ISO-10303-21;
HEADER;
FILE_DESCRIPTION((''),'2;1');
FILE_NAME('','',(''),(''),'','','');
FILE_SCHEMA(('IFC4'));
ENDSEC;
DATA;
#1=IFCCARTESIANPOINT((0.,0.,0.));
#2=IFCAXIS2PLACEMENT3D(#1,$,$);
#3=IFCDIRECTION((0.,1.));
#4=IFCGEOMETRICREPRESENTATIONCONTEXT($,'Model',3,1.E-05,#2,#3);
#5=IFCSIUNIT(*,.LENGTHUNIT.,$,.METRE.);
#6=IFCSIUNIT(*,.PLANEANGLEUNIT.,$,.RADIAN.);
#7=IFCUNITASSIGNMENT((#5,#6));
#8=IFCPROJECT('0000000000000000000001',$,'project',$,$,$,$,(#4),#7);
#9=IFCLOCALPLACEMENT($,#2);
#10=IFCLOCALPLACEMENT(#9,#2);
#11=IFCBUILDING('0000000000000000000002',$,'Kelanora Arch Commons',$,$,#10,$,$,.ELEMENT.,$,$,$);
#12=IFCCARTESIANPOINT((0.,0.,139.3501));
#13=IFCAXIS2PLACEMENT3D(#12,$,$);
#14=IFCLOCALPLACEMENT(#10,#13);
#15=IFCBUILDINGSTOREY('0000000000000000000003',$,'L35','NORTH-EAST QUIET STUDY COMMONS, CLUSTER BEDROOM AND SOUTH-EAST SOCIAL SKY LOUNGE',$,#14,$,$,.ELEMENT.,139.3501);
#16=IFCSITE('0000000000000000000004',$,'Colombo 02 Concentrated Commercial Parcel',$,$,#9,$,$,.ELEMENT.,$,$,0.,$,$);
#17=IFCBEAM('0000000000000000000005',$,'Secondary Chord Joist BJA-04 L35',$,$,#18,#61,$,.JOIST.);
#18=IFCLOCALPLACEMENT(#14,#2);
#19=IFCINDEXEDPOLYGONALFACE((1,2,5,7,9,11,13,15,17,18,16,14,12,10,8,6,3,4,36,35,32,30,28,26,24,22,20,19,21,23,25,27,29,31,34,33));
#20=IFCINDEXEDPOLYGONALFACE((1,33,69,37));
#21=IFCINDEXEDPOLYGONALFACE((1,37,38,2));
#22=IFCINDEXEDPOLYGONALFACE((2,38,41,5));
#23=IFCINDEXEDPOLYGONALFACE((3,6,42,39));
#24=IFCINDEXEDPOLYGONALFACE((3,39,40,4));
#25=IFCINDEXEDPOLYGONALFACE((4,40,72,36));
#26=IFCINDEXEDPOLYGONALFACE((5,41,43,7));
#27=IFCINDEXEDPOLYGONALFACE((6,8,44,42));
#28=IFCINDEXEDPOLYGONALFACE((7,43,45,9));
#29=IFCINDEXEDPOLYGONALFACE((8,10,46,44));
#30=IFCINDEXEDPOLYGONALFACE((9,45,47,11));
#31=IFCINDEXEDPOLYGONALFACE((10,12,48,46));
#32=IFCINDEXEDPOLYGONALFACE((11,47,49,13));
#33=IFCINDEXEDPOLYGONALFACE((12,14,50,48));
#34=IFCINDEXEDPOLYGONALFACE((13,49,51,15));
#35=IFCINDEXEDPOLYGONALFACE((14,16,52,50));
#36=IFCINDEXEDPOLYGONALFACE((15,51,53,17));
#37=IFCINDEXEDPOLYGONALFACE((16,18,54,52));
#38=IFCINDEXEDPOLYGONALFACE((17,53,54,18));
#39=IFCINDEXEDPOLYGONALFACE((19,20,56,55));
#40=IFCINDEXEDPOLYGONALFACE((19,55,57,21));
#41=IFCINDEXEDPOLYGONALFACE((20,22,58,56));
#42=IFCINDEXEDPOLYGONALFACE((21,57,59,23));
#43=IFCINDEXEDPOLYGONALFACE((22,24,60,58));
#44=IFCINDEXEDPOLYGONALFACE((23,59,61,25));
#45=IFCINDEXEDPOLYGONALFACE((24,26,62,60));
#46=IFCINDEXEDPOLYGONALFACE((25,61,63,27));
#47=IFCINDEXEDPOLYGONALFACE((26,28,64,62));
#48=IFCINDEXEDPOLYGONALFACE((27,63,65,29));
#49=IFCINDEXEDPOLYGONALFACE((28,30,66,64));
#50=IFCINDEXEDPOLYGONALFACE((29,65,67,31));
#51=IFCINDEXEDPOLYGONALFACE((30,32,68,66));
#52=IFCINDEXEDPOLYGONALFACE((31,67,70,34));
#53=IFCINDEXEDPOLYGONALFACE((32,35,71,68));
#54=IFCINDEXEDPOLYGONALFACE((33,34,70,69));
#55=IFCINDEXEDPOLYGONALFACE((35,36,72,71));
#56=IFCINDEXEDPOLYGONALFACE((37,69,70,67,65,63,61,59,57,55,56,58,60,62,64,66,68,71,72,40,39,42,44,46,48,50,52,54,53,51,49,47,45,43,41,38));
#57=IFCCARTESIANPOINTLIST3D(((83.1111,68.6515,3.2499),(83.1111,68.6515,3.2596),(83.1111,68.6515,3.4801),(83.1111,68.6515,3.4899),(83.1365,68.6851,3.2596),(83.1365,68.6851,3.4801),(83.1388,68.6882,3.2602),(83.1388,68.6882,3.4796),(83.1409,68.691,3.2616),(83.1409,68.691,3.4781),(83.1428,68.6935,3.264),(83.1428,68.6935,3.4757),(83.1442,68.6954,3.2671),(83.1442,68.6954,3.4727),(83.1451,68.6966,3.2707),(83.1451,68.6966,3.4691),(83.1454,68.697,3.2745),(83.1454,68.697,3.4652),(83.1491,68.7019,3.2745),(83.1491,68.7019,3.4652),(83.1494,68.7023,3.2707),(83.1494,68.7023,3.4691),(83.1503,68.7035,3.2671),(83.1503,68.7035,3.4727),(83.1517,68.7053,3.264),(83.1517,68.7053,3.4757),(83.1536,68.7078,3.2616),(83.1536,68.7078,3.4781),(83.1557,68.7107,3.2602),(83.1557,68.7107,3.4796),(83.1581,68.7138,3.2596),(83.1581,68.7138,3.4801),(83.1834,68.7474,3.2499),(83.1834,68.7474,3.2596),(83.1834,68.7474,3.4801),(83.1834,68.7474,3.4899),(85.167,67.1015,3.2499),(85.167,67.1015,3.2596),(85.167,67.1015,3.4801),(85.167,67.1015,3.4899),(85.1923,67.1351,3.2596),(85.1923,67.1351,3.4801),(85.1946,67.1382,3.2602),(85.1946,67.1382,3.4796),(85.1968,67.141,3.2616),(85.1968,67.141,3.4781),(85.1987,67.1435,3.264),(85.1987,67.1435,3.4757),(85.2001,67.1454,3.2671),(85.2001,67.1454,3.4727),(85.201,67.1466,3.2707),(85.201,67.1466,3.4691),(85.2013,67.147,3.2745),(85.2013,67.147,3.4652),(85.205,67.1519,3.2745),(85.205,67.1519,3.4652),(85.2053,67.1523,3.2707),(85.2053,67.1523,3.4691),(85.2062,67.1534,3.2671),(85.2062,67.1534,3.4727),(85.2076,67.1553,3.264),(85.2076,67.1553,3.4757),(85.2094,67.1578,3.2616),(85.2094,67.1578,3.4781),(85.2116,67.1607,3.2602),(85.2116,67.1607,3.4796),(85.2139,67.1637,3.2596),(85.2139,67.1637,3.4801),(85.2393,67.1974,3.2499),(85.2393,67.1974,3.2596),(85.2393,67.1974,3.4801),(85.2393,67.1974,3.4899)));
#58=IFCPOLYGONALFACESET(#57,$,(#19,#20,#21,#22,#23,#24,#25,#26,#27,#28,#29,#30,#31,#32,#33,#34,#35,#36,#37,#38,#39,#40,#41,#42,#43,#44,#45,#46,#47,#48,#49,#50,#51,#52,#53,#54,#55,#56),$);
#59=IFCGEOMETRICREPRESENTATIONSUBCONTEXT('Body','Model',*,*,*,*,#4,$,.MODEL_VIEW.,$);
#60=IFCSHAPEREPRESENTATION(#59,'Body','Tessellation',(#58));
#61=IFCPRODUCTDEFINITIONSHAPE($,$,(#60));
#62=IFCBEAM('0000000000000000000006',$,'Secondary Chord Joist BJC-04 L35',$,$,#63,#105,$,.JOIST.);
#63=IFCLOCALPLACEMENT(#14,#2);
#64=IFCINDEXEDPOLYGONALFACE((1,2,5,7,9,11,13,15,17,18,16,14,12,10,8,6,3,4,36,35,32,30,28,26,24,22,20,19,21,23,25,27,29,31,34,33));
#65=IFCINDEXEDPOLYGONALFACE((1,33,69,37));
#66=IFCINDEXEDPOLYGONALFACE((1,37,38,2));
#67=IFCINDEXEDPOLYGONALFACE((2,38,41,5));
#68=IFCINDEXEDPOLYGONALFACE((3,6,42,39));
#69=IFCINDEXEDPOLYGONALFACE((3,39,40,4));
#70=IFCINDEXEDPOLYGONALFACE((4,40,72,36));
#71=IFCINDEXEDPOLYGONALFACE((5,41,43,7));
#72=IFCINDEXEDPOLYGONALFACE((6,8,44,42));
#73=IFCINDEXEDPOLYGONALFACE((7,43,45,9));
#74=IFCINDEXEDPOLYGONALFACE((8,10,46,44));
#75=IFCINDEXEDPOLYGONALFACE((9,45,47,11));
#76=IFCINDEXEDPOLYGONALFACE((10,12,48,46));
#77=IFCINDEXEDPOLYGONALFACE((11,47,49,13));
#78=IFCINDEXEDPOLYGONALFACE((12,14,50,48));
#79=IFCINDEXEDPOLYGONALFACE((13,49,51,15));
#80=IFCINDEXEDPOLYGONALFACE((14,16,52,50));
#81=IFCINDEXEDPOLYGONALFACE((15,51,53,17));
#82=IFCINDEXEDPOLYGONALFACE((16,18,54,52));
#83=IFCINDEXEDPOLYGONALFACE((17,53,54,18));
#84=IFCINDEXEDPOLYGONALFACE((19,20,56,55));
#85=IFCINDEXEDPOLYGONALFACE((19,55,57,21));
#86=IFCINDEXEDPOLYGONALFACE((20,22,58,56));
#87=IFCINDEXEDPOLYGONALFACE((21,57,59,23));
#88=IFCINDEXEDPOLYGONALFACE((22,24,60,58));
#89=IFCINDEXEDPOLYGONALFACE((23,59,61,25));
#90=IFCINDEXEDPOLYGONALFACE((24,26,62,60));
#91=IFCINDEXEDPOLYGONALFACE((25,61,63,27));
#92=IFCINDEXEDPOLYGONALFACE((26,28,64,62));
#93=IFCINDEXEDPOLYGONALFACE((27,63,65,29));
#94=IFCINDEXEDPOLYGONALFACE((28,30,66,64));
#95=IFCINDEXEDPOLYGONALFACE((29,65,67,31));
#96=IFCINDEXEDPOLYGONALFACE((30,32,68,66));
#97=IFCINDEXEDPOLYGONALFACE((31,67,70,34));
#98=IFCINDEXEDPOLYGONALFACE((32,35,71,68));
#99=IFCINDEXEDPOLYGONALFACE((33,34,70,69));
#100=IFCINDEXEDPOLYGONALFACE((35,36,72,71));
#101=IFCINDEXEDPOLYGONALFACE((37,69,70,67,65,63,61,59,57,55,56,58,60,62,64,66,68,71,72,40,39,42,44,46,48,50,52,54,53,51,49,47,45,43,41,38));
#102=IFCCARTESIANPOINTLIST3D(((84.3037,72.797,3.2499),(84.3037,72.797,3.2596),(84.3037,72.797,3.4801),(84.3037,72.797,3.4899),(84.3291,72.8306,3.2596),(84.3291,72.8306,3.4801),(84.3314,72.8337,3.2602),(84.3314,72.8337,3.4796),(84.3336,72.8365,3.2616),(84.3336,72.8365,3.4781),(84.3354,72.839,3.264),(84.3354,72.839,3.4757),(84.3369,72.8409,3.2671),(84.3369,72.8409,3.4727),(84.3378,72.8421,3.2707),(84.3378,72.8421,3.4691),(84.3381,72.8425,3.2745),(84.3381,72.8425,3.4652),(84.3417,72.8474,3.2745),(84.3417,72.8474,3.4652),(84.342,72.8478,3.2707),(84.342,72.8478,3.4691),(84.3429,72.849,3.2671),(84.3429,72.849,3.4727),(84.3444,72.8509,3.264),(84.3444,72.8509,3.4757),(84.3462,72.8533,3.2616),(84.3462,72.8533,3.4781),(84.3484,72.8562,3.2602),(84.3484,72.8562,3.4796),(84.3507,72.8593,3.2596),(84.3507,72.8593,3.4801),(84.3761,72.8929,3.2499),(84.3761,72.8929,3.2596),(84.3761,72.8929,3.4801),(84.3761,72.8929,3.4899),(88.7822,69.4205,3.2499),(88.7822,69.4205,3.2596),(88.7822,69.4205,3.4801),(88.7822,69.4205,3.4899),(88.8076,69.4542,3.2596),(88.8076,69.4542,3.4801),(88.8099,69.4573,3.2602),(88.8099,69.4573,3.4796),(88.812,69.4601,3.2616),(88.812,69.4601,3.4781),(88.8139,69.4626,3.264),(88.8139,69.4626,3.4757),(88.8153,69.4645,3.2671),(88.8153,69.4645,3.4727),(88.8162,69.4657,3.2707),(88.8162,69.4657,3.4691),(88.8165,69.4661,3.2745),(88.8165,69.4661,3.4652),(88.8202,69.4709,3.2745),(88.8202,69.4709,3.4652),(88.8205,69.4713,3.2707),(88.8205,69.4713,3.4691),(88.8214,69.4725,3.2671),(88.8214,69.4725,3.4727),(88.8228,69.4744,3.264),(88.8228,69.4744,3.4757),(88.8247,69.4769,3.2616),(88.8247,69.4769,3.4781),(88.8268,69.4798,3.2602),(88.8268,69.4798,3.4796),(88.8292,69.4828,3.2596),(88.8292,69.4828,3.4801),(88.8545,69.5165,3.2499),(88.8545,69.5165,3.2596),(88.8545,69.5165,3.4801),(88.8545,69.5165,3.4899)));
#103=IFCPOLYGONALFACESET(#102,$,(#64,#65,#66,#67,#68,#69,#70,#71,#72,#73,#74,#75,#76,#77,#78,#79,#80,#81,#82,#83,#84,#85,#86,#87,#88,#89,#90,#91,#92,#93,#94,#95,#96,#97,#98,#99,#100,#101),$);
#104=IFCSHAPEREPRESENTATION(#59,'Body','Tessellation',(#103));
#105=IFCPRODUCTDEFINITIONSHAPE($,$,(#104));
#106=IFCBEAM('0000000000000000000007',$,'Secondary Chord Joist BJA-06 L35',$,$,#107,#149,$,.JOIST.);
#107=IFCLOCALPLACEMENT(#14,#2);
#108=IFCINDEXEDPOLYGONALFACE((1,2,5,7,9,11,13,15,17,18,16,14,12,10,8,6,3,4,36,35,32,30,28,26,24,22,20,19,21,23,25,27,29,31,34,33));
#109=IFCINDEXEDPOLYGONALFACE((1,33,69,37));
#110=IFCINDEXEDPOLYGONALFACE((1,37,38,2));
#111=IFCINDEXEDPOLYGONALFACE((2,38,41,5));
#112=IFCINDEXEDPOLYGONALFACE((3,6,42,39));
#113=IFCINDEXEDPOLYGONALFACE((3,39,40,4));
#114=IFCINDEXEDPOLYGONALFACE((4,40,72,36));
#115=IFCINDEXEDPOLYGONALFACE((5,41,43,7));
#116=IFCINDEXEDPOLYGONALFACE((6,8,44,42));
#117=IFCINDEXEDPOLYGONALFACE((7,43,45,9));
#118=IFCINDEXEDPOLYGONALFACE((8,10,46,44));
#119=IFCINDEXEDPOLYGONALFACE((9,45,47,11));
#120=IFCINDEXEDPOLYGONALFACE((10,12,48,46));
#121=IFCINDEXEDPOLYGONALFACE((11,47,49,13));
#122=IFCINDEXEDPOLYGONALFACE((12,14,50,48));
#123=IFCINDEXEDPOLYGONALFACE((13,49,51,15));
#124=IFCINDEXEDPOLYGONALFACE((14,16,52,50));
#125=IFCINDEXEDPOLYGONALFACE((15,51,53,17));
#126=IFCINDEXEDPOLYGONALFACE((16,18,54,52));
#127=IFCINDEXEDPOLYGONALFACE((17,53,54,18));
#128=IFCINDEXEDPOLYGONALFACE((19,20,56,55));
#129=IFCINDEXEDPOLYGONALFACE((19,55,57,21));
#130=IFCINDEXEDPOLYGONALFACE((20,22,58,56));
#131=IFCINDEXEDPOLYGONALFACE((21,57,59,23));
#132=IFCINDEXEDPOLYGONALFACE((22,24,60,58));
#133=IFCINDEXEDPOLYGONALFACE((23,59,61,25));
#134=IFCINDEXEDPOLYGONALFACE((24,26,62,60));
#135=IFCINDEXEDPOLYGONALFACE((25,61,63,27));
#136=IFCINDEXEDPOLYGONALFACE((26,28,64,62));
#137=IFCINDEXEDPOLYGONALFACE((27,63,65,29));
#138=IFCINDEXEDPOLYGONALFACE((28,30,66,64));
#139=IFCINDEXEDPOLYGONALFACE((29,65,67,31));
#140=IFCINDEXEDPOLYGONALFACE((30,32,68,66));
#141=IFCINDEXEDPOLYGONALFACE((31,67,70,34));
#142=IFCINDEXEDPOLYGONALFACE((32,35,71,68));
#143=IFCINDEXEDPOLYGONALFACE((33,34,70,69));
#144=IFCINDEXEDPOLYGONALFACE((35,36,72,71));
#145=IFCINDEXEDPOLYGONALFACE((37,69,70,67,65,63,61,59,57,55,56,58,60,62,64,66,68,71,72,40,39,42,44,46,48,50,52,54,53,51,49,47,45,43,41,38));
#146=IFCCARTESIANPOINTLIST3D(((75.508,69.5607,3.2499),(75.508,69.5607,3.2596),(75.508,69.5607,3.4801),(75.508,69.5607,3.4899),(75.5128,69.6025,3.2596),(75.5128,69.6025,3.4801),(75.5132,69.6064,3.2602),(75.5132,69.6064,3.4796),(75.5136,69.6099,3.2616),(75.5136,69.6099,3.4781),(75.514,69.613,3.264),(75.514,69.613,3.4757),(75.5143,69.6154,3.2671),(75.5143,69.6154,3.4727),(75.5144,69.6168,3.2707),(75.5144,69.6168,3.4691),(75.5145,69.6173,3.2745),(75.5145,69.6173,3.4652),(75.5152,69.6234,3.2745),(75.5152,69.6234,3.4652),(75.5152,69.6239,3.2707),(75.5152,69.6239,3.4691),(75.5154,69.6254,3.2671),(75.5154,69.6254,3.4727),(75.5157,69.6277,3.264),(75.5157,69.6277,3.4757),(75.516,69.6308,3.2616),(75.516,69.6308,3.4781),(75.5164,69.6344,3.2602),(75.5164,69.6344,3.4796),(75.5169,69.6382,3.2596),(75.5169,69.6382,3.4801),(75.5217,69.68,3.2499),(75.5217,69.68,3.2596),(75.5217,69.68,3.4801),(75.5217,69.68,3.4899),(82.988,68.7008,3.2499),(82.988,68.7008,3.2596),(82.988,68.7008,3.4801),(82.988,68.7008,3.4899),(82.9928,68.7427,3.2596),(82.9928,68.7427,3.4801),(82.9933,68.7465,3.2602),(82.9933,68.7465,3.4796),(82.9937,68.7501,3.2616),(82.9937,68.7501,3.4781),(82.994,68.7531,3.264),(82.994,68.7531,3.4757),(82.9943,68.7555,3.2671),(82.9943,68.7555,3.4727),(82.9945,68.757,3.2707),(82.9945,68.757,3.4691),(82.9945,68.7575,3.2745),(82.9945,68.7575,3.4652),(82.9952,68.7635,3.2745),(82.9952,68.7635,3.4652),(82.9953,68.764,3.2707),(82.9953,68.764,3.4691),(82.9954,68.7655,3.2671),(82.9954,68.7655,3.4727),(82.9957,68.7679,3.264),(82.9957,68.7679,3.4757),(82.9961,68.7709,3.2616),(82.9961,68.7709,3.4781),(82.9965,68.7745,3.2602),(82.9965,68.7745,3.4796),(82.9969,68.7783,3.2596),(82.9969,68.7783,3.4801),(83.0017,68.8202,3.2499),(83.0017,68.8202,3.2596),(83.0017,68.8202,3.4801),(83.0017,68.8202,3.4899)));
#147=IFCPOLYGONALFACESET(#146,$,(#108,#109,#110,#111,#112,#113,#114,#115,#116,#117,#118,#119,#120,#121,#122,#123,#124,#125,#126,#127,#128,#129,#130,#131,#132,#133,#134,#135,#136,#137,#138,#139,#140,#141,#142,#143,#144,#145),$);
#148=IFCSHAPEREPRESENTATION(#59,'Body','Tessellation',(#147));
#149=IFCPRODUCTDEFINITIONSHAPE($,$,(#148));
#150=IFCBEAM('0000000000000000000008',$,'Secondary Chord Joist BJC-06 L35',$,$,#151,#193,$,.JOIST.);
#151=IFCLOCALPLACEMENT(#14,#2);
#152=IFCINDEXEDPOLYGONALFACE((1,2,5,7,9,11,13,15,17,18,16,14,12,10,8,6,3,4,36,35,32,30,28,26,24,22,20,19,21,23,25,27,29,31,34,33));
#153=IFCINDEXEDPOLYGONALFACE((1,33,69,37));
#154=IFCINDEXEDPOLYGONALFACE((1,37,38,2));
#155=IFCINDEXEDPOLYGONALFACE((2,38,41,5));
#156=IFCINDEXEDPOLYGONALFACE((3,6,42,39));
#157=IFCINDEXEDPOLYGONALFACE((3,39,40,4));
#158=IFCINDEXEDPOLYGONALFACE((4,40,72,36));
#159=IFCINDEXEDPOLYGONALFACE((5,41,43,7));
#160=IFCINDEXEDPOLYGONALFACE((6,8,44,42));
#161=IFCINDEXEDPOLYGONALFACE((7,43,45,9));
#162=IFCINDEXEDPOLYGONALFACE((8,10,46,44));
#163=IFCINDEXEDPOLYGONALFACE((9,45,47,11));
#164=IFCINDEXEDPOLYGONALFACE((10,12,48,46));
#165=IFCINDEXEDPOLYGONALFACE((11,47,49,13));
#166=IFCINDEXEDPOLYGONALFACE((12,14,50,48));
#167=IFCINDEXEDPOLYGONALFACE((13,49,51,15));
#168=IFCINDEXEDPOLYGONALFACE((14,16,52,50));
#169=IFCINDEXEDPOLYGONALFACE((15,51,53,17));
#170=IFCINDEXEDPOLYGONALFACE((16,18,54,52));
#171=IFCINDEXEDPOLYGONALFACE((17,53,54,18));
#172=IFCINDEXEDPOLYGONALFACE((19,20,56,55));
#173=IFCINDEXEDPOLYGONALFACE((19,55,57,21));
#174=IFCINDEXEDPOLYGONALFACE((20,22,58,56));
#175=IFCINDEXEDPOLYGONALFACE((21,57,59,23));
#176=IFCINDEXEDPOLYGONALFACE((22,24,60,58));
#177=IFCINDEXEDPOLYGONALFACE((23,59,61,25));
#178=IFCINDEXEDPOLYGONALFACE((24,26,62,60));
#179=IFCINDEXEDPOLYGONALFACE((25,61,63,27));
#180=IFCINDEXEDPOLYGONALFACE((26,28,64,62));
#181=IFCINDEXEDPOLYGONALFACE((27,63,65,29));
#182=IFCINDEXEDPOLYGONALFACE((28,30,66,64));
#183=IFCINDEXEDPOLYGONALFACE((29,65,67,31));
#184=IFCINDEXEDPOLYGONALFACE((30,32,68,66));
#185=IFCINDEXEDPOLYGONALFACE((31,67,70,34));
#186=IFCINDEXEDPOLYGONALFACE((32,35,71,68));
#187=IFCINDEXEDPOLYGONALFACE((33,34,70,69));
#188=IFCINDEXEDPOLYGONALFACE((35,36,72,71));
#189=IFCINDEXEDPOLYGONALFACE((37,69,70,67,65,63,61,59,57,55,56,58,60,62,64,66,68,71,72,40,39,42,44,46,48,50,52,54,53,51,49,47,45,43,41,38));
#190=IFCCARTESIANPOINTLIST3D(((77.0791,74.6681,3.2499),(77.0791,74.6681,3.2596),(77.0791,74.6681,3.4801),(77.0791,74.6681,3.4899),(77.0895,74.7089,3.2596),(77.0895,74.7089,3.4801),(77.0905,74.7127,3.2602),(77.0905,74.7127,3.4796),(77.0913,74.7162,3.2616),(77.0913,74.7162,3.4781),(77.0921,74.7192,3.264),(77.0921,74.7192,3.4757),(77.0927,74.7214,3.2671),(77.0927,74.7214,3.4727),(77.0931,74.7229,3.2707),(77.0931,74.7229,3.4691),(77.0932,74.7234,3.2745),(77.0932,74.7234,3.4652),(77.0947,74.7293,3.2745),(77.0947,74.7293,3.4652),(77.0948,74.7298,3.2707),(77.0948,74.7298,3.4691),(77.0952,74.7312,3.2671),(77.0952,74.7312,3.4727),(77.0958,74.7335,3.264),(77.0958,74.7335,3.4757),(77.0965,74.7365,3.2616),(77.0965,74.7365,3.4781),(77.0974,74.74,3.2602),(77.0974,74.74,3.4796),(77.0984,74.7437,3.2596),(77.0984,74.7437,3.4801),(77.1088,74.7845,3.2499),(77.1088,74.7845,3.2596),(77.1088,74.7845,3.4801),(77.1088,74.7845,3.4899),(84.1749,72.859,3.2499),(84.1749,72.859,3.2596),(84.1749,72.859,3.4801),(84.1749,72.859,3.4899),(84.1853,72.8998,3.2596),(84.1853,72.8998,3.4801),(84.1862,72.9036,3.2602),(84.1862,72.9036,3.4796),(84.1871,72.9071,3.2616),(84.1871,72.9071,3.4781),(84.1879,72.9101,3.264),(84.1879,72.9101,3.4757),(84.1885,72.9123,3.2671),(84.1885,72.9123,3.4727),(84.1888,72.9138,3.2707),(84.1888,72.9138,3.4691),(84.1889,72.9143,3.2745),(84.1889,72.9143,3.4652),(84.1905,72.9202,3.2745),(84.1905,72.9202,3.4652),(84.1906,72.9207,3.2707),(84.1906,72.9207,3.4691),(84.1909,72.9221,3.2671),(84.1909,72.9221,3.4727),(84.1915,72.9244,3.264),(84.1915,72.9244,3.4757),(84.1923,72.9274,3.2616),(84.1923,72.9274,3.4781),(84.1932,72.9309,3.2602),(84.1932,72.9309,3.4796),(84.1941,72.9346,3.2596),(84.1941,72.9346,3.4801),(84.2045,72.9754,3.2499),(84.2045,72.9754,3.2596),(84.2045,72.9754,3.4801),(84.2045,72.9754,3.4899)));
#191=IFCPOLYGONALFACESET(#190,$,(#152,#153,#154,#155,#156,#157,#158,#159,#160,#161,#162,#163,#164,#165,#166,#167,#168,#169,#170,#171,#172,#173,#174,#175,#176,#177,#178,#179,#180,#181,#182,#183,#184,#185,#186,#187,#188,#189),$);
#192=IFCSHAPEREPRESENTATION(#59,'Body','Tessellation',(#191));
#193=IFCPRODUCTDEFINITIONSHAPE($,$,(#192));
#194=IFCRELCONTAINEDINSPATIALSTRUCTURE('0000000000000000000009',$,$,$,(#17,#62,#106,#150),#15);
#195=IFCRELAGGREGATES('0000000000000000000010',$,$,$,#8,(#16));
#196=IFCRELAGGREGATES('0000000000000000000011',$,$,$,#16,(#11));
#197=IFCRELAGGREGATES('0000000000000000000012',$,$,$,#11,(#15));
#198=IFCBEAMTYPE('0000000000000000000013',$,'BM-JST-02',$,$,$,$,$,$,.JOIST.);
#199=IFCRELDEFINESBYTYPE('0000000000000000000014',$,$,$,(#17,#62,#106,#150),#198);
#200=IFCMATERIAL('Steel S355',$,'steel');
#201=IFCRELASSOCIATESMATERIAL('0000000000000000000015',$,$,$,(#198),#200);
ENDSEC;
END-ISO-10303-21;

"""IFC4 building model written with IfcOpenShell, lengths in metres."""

from ifc_helpers import new_model, si_unit, direction, frame, origin, origin_2d, place, context, subcontext, project, spatial, i_section, extrude, material, material_profile, profile_set, type_object, element, save


model = new_model("IFC4")

# Units and contexts
model_context = context("Model", 3, precision=1e-05, world=origin(), true_north=direction((0.0, 1.0)))
body_context = subcontext(model_context, "Body", "Model", "MODEL_VIEW")
ifc_project = project(units=[si_unit("LENGTHUNIT", "METRE"), si_unit("PLANEANGLEUNIT", "RADIAN")], contexts=[model_context])

# Site, building, storey
site_placement = place(None, origin())
site = spatial("IfcSite", under=ifc_project, at=site_placement, Name="Colombo 02 Concentrated Commercial Parcel", CompositionType="ELEMENT", RefElevation=0.0)
building_placement = place(site_placement, origin())
building = spatial("IfcBuilding", under=site, at=building_placement, Name="Kelanora Arch Commons", CompositionType="ELEMENT")
storey_placement = place(building_placement, frame((0.0, 0.0, 139.3501)))
storey = spatial("IfcBuildingStorey", under=building, at=storey_placement, Name="L35", Description="NORTH-EAST QUIET STUDY COMMONS, CLUSTER BEDROOM AND SOUTH-EAST SOCIAL SKY LOUNGE", CompositionType="ELEMENT", Elevation=139.3501)

# Beams
ifc_material_1 = material(Name="Steel S355", Category="steel")
ifc_material_profile_1 = material_profile(ifc_material_1, i_section(OverallWidth=0.1201, OverallDepth=0.24, WebThickness=0.0061, FlangeThickness=0.0098, FilletRadius=0.0149, at=origin_2d()), Name="IPE240")
ifc_profile_set_1 = profile_set([ifc_material_profile_1], Name="Steel S355")
beam_type_1 = type_object("IfcBeamType", Name="BM-JST-02", PredefinedType="JOIST", material=ifc_profile_set_1)
beam_1_placement = place(storey_placement, frame((85.2031, 67.1494, 3.3699), z_axis=(-0.798484, 0.602016, 0.0), x_axis=(-0.602016, -0.798484, 0.0)))
element("IfcBeam", 1, at=beam_1_placement, inside=storey, type_object=beam_type_1, Name="Secondary Chord Joist BJA-04 L35", PredefinedType="JOIST", context=body_context, shape_type="SweptSolid", body=[
    extrude(i_section(OverallWidth=0.1201, OverallDepth=0.24, WebThickness=0.0061, FlangeThickness=0.0098, FilletRadius=0.0149, at=origin_2d()), origin(), (0.0, 0.0, 1.0), 2.5747),
])
beam_2_placement = place(storey_placement, frame((88.8184, 69.4685, 3.3699), z_axis=(-0.798493, 0.602004, 0.0), x_axis=(-0.602004, -0.798493, 0.0)))
element("IfcBeam", 2, at=beam_2_placement, inside=storey, type_object=beam_type_1, Name="Secondary Chord Joist BJC-04 L35", PredefinedType="JOIST", context=body_context, shape_type="SweptSolid", body=[
    extrude(i_section(OverallWidth=0.1201, OverallDepth=0.24, WebThickness=0.0061, FlangeThickness=0.0098, FilletRadius=0.0149, at=origin_2d()), origin(), (0.0, 0.0, 1.0), 5.6086),
])
beam_3_placement = place(storey_placement, frame((82.9949, 68.7605, 3.3699), z_axis=(-0.993457, 0.114203, 0.0), x_axis=(-0.114203, -0.993457, 0.0)))
element("IfcBeam", 3, at=beam_3_placement, inside=storey, type_object=beam_type_1, Name="Secondary Chord Joist BJA-06 L35", PredefinedType="JOIST", context=body_context, shape_type="SweptSolid", body=[
    extrude(i_section(OverallWidth=0.1201, OverallDepth=0.24, WebThickness=0.0061, FlangeThickness=0.0098, FilletRadius=0.0149, at=origin_2d()), origin(), (0.0, 0.0, 1.0), 7.5293),
])
beam_4_placement = place(storey_placement, frame((84.1897, 72.9172, 3.3699), z_axis=(-0.969002, 0.247052, 0.0), x_axis=(-0.247052, -0.969002, 0.0)))
element("IfcBeam", 4, at=beam_4_placement, inside=storey, type_object=beam_type_1, Name="Secondary Chord Joist BJC-06 L35", PredefinedType="JOIST", context=body_context, shape_type="SweptSolid", body=[
    extrude(i_section(OverallWidth=0.1201, OverallDepth=0.24, WebThickness=0.0061, FlangeThickness=0.0098, FilletRadius=0.0149, at=origin_2d()), origin(), (0.0, 0.0, 1.0), 7.3228),
])

save(model, "model.ifc")
